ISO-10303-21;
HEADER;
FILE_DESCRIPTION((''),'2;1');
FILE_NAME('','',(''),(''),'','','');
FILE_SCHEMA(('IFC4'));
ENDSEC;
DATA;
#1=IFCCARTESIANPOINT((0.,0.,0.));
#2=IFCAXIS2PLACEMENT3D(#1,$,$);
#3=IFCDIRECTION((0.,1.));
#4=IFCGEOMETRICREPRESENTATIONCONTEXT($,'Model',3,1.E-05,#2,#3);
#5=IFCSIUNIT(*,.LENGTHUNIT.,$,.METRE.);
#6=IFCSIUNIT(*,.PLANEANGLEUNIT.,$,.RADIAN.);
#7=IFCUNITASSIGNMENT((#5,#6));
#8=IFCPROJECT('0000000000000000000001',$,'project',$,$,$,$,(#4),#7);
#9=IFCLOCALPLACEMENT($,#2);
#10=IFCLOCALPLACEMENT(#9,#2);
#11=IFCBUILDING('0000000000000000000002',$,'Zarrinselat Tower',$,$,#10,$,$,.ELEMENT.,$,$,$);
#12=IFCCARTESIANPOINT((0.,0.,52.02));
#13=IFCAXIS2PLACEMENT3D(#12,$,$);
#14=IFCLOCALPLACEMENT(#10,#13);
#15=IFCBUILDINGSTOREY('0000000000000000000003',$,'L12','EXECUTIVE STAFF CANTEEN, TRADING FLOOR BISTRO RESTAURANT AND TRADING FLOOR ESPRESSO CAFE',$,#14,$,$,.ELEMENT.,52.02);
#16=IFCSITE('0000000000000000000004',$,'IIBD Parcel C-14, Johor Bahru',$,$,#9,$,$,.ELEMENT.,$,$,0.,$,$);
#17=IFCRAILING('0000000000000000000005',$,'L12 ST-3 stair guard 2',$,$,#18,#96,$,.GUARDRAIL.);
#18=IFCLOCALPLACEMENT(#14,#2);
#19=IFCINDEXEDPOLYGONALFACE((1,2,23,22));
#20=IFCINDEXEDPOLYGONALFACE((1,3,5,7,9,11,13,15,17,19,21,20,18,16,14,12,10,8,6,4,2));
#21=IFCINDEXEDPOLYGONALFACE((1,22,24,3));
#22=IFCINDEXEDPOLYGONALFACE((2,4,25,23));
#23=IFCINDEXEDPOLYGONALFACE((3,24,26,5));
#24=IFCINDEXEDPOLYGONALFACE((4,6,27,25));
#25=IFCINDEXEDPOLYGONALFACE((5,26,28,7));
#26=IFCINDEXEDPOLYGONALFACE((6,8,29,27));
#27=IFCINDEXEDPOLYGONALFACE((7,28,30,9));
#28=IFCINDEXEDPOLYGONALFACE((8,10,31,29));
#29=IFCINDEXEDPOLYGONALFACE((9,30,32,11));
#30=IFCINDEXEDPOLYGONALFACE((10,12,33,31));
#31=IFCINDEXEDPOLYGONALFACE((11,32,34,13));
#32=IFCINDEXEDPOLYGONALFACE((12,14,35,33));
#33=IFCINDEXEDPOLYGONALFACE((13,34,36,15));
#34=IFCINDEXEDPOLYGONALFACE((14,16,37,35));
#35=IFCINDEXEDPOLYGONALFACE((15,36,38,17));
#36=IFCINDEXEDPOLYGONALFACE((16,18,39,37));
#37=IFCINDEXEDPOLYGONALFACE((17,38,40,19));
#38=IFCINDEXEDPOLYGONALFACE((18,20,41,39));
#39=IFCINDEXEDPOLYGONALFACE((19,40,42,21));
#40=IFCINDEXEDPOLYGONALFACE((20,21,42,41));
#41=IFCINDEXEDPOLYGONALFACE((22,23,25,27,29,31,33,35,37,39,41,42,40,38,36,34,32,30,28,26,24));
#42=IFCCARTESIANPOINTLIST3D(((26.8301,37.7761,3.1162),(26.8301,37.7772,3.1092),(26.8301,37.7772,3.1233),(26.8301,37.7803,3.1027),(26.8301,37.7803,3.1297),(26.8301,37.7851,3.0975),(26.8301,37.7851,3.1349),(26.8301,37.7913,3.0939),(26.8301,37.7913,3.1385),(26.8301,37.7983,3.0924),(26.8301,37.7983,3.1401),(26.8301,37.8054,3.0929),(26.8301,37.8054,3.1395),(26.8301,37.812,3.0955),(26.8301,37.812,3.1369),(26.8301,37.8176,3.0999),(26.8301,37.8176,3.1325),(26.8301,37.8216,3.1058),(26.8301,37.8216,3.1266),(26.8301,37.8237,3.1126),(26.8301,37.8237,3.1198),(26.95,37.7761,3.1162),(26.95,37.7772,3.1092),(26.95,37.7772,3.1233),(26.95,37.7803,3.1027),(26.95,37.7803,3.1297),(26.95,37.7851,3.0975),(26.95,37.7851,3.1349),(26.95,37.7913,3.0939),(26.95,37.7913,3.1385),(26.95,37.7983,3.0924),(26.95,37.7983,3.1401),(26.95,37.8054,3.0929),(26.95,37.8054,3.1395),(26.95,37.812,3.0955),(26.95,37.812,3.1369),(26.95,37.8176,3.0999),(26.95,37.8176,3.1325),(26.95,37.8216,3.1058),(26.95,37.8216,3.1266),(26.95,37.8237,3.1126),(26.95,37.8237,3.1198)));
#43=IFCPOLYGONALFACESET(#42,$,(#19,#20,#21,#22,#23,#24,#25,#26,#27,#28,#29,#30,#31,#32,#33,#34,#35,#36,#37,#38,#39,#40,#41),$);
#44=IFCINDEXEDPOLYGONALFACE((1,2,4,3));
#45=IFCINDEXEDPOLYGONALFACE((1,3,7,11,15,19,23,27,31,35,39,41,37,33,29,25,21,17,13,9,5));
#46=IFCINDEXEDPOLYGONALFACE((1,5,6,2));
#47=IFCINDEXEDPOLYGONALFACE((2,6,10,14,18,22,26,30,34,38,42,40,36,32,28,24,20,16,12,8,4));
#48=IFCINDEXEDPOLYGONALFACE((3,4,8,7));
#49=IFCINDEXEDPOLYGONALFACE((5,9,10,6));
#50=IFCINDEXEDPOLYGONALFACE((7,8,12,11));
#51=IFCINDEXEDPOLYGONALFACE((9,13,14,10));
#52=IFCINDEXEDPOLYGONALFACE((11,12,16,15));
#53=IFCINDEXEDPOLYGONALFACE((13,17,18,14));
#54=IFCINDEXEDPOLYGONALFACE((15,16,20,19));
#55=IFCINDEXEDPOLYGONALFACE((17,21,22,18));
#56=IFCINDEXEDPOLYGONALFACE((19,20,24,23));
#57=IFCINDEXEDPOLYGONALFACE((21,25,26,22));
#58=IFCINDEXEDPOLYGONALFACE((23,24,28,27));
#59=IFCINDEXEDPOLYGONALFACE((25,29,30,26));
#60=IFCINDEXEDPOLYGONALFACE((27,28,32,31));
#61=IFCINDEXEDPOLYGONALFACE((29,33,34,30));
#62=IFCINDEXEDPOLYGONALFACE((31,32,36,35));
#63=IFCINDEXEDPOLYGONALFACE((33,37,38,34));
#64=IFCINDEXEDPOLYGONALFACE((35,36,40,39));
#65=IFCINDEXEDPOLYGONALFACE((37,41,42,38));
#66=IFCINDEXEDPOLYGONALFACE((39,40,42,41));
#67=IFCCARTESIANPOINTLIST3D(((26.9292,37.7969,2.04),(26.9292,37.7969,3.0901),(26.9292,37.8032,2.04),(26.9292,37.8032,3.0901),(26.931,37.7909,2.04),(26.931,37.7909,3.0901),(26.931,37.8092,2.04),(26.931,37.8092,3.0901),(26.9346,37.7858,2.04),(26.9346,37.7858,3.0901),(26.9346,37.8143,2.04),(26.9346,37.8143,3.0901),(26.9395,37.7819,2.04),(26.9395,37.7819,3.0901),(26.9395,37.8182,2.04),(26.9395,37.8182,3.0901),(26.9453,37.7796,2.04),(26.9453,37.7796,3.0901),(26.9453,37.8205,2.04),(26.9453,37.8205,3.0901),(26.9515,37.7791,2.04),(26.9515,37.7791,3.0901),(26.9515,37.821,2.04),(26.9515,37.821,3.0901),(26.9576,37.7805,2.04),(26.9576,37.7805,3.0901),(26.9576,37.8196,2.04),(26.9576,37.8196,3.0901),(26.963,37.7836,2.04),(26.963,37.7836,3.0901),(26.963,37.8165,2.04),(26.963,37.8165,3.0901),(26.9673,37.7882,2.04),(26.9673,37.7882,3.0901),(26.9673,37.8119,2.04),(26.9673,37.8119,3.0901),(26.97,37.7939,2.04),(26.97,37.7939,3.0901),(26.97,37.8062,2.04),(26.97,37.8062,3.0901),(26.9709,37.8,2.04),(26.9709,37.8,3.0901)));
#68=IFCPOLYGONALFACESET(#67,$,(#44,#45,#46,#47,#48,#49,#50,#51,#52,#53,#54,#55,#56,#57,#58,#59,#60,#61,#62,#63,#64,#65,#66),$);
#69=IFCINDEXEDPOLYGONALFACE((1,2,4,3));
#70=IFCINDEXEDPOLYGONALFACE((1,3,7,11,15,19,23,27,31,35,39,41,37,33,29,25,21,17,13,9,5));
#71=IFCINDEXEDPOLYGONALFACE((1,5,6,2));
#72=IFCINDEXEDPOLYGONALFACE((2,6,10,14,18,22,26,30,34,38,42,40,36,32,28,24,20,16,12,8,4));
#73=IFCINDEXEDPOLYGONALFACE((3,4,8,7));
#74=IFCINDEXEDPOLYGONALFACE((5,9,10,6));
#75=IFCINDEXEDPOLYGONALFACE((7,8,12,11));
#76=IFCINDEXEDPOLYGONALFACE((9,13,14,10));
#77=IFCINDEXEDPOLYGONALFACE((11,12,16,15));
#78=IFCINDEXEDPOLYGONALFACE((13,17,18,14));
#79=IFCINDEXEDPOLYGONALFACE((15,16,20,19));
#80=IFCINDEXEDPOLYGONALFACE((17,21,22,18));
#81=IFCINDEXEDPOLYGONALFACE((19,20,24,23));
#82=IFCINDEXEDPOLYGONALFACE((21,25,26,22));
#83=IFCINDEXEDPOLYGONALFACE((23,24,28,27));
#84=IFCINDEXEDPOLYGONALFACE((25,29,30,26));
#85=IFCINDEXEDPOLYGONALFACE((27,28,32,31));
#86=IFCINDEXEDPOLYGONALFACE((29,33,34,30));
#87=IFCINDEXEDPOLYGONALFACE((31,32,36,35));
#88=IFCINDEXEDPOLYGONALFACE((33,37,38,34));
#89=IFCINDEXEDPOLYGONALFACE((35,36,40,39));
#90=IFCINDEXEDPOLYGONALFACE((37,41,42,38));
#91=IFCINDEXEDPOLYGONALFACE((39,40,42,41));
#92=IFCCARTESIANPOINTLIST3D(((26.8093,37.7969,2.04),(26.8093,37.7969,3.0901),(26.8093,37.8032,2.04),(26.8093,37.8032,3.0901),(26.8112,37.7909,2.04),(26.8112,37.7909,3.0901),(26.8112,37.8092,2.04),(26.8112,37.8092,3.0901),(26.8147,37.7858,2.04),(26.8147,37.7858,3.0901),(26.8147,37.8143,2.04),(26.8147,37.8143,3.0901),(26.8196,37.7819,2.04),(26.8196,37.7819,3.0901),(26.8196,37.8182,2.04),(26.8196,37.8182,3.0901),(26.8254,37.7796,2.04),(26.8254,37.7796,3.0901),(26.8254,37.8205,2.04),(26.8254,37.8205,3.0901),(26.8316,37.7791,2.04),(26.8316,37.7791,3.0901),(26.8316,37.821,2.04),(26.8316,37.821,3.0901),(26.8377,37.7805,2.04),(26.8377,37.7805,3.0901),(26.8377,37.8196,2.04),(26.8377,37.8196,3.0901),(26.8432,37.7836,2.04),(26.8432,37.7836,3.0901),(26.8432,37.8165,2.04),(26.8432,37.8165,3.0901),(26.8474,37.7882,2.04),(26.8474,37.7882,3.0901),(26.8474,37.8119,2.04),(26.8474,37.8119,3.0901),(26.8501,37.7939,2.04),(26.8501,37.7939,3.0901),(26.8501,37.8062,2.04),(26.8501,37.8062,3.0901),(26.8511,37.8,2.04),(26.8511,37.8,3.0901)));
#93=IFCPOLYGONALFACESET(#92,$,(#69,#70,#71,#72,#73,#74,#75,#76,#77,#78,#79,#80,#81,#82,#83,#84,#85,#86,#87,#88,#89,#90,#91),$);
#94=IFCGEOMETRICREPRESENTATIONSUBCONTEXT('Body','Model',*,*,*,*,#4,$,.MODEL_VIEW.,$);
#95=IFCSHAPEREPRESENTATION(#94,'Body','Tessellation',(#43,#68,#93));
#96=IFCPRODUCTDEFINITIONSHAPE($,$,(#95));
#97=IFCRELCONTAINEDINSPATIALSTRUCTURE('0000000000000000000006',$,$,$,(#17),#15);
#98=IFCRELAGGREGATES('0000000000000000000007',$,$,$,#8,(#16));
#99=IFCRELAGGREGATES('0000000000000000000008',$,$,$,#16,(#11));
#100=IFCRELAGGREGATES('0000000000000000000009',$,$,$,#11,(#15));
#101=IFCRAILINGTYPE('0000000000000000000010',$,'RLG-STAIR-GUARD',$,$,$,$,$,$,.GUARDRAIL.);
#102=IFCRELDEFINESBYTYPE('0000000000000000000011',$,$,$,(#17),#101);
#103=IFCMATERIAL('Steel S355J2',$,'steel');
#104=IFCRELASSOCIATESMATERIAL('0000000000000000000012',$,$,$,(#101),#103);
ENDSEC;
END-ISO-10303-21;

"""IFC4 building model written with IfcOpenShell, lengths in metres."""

from ifc_helpers import new_model, si_unit, direction, frame, origin, origin_2d, place, context, subcontext, project, spatial, circle, extrude, material, type_object, element, save


model = new_model("IFC4")

# Units and contexts
model_context = context("Model", 3, precision=1e-05, world=origin(), true_north=direction((0.0, 1.0)))
body_context = subcontext(model_context, "Body", "Model", "MODEL_VIEW")
ifc_project = project(units=[si_unit("LENGTHUNIT", "METRE"), si_unit("PLANEANGLEUNIT", "RADIAN")], contexts=[model_context])

# Site, building, storey
site_placement = place(None, origin())
site = spatial("IfcSite", under=ifc_project, at=site_placement, Name="IIBD Parcel C-14, Johor Bahru", CompositionType="ELEMENT", RefElevation=0.0)
building_placement = place(site_placement, origin())
building = spatial("IfcBuilding", under=site, at=building_placement, Name="Zarrinselat Tower", CompositionType="ELEMENT")
storey_placement = place(building_placement, frame((0.0, 0.0, 52.02)))
storey = spatial("IfcBuildingStorey", under=building, at=storey_placement, Name="L12", Description="EXECUTIVE STAFF CANTEEN, TRADING FLOOR BISTRO RESTAURANT AND TRADING FLOOR ESPRESSO CAFE", CompositionType="ELEMENT", Elevation=52.02)

# Railing
ifc_material_1 = material(Name="Steel S355J2", Category="steel")
railing_type_1 = type_object("IfcRailingType", Name="RLG-STAIR-GUARD", PredefinedType="GUARDRAIL", material=ifc_material_1)
railing_1_placement = place(storey_placement, frame((26.95, 37.8, 2.04)))
element("IfcRailing", 1, at=railing_1_placement, inside=storey, type_object=railing_type_1, Name="L12 ST-3 stair guard 2", PredefinedType="GUARDRAIL", context=body_context, shape_type="SweptSolid", body=[
    extrude(circle(Radius=0.0239, at=origin_2d()), frame((0.0, 0.0, 1.0762), z_axis=(-1.0, 0.0, 0.0), x_axis=(0.0, -1.0, 0.0)), (0.0, 0.0, 1.0), 0.1199),
    extrude(circle(Radius=0.021, at=origin_2d()), origin(), (0.0, 0.0, 1.0), 1.05),
    extrude(circle(Radius=0.021, at=origin_2d()), frame((-0.1199, 0.0, 0.0)), (0.0, 0.0, 1.0), 1.05),
])

save(model, "model.ifc")
